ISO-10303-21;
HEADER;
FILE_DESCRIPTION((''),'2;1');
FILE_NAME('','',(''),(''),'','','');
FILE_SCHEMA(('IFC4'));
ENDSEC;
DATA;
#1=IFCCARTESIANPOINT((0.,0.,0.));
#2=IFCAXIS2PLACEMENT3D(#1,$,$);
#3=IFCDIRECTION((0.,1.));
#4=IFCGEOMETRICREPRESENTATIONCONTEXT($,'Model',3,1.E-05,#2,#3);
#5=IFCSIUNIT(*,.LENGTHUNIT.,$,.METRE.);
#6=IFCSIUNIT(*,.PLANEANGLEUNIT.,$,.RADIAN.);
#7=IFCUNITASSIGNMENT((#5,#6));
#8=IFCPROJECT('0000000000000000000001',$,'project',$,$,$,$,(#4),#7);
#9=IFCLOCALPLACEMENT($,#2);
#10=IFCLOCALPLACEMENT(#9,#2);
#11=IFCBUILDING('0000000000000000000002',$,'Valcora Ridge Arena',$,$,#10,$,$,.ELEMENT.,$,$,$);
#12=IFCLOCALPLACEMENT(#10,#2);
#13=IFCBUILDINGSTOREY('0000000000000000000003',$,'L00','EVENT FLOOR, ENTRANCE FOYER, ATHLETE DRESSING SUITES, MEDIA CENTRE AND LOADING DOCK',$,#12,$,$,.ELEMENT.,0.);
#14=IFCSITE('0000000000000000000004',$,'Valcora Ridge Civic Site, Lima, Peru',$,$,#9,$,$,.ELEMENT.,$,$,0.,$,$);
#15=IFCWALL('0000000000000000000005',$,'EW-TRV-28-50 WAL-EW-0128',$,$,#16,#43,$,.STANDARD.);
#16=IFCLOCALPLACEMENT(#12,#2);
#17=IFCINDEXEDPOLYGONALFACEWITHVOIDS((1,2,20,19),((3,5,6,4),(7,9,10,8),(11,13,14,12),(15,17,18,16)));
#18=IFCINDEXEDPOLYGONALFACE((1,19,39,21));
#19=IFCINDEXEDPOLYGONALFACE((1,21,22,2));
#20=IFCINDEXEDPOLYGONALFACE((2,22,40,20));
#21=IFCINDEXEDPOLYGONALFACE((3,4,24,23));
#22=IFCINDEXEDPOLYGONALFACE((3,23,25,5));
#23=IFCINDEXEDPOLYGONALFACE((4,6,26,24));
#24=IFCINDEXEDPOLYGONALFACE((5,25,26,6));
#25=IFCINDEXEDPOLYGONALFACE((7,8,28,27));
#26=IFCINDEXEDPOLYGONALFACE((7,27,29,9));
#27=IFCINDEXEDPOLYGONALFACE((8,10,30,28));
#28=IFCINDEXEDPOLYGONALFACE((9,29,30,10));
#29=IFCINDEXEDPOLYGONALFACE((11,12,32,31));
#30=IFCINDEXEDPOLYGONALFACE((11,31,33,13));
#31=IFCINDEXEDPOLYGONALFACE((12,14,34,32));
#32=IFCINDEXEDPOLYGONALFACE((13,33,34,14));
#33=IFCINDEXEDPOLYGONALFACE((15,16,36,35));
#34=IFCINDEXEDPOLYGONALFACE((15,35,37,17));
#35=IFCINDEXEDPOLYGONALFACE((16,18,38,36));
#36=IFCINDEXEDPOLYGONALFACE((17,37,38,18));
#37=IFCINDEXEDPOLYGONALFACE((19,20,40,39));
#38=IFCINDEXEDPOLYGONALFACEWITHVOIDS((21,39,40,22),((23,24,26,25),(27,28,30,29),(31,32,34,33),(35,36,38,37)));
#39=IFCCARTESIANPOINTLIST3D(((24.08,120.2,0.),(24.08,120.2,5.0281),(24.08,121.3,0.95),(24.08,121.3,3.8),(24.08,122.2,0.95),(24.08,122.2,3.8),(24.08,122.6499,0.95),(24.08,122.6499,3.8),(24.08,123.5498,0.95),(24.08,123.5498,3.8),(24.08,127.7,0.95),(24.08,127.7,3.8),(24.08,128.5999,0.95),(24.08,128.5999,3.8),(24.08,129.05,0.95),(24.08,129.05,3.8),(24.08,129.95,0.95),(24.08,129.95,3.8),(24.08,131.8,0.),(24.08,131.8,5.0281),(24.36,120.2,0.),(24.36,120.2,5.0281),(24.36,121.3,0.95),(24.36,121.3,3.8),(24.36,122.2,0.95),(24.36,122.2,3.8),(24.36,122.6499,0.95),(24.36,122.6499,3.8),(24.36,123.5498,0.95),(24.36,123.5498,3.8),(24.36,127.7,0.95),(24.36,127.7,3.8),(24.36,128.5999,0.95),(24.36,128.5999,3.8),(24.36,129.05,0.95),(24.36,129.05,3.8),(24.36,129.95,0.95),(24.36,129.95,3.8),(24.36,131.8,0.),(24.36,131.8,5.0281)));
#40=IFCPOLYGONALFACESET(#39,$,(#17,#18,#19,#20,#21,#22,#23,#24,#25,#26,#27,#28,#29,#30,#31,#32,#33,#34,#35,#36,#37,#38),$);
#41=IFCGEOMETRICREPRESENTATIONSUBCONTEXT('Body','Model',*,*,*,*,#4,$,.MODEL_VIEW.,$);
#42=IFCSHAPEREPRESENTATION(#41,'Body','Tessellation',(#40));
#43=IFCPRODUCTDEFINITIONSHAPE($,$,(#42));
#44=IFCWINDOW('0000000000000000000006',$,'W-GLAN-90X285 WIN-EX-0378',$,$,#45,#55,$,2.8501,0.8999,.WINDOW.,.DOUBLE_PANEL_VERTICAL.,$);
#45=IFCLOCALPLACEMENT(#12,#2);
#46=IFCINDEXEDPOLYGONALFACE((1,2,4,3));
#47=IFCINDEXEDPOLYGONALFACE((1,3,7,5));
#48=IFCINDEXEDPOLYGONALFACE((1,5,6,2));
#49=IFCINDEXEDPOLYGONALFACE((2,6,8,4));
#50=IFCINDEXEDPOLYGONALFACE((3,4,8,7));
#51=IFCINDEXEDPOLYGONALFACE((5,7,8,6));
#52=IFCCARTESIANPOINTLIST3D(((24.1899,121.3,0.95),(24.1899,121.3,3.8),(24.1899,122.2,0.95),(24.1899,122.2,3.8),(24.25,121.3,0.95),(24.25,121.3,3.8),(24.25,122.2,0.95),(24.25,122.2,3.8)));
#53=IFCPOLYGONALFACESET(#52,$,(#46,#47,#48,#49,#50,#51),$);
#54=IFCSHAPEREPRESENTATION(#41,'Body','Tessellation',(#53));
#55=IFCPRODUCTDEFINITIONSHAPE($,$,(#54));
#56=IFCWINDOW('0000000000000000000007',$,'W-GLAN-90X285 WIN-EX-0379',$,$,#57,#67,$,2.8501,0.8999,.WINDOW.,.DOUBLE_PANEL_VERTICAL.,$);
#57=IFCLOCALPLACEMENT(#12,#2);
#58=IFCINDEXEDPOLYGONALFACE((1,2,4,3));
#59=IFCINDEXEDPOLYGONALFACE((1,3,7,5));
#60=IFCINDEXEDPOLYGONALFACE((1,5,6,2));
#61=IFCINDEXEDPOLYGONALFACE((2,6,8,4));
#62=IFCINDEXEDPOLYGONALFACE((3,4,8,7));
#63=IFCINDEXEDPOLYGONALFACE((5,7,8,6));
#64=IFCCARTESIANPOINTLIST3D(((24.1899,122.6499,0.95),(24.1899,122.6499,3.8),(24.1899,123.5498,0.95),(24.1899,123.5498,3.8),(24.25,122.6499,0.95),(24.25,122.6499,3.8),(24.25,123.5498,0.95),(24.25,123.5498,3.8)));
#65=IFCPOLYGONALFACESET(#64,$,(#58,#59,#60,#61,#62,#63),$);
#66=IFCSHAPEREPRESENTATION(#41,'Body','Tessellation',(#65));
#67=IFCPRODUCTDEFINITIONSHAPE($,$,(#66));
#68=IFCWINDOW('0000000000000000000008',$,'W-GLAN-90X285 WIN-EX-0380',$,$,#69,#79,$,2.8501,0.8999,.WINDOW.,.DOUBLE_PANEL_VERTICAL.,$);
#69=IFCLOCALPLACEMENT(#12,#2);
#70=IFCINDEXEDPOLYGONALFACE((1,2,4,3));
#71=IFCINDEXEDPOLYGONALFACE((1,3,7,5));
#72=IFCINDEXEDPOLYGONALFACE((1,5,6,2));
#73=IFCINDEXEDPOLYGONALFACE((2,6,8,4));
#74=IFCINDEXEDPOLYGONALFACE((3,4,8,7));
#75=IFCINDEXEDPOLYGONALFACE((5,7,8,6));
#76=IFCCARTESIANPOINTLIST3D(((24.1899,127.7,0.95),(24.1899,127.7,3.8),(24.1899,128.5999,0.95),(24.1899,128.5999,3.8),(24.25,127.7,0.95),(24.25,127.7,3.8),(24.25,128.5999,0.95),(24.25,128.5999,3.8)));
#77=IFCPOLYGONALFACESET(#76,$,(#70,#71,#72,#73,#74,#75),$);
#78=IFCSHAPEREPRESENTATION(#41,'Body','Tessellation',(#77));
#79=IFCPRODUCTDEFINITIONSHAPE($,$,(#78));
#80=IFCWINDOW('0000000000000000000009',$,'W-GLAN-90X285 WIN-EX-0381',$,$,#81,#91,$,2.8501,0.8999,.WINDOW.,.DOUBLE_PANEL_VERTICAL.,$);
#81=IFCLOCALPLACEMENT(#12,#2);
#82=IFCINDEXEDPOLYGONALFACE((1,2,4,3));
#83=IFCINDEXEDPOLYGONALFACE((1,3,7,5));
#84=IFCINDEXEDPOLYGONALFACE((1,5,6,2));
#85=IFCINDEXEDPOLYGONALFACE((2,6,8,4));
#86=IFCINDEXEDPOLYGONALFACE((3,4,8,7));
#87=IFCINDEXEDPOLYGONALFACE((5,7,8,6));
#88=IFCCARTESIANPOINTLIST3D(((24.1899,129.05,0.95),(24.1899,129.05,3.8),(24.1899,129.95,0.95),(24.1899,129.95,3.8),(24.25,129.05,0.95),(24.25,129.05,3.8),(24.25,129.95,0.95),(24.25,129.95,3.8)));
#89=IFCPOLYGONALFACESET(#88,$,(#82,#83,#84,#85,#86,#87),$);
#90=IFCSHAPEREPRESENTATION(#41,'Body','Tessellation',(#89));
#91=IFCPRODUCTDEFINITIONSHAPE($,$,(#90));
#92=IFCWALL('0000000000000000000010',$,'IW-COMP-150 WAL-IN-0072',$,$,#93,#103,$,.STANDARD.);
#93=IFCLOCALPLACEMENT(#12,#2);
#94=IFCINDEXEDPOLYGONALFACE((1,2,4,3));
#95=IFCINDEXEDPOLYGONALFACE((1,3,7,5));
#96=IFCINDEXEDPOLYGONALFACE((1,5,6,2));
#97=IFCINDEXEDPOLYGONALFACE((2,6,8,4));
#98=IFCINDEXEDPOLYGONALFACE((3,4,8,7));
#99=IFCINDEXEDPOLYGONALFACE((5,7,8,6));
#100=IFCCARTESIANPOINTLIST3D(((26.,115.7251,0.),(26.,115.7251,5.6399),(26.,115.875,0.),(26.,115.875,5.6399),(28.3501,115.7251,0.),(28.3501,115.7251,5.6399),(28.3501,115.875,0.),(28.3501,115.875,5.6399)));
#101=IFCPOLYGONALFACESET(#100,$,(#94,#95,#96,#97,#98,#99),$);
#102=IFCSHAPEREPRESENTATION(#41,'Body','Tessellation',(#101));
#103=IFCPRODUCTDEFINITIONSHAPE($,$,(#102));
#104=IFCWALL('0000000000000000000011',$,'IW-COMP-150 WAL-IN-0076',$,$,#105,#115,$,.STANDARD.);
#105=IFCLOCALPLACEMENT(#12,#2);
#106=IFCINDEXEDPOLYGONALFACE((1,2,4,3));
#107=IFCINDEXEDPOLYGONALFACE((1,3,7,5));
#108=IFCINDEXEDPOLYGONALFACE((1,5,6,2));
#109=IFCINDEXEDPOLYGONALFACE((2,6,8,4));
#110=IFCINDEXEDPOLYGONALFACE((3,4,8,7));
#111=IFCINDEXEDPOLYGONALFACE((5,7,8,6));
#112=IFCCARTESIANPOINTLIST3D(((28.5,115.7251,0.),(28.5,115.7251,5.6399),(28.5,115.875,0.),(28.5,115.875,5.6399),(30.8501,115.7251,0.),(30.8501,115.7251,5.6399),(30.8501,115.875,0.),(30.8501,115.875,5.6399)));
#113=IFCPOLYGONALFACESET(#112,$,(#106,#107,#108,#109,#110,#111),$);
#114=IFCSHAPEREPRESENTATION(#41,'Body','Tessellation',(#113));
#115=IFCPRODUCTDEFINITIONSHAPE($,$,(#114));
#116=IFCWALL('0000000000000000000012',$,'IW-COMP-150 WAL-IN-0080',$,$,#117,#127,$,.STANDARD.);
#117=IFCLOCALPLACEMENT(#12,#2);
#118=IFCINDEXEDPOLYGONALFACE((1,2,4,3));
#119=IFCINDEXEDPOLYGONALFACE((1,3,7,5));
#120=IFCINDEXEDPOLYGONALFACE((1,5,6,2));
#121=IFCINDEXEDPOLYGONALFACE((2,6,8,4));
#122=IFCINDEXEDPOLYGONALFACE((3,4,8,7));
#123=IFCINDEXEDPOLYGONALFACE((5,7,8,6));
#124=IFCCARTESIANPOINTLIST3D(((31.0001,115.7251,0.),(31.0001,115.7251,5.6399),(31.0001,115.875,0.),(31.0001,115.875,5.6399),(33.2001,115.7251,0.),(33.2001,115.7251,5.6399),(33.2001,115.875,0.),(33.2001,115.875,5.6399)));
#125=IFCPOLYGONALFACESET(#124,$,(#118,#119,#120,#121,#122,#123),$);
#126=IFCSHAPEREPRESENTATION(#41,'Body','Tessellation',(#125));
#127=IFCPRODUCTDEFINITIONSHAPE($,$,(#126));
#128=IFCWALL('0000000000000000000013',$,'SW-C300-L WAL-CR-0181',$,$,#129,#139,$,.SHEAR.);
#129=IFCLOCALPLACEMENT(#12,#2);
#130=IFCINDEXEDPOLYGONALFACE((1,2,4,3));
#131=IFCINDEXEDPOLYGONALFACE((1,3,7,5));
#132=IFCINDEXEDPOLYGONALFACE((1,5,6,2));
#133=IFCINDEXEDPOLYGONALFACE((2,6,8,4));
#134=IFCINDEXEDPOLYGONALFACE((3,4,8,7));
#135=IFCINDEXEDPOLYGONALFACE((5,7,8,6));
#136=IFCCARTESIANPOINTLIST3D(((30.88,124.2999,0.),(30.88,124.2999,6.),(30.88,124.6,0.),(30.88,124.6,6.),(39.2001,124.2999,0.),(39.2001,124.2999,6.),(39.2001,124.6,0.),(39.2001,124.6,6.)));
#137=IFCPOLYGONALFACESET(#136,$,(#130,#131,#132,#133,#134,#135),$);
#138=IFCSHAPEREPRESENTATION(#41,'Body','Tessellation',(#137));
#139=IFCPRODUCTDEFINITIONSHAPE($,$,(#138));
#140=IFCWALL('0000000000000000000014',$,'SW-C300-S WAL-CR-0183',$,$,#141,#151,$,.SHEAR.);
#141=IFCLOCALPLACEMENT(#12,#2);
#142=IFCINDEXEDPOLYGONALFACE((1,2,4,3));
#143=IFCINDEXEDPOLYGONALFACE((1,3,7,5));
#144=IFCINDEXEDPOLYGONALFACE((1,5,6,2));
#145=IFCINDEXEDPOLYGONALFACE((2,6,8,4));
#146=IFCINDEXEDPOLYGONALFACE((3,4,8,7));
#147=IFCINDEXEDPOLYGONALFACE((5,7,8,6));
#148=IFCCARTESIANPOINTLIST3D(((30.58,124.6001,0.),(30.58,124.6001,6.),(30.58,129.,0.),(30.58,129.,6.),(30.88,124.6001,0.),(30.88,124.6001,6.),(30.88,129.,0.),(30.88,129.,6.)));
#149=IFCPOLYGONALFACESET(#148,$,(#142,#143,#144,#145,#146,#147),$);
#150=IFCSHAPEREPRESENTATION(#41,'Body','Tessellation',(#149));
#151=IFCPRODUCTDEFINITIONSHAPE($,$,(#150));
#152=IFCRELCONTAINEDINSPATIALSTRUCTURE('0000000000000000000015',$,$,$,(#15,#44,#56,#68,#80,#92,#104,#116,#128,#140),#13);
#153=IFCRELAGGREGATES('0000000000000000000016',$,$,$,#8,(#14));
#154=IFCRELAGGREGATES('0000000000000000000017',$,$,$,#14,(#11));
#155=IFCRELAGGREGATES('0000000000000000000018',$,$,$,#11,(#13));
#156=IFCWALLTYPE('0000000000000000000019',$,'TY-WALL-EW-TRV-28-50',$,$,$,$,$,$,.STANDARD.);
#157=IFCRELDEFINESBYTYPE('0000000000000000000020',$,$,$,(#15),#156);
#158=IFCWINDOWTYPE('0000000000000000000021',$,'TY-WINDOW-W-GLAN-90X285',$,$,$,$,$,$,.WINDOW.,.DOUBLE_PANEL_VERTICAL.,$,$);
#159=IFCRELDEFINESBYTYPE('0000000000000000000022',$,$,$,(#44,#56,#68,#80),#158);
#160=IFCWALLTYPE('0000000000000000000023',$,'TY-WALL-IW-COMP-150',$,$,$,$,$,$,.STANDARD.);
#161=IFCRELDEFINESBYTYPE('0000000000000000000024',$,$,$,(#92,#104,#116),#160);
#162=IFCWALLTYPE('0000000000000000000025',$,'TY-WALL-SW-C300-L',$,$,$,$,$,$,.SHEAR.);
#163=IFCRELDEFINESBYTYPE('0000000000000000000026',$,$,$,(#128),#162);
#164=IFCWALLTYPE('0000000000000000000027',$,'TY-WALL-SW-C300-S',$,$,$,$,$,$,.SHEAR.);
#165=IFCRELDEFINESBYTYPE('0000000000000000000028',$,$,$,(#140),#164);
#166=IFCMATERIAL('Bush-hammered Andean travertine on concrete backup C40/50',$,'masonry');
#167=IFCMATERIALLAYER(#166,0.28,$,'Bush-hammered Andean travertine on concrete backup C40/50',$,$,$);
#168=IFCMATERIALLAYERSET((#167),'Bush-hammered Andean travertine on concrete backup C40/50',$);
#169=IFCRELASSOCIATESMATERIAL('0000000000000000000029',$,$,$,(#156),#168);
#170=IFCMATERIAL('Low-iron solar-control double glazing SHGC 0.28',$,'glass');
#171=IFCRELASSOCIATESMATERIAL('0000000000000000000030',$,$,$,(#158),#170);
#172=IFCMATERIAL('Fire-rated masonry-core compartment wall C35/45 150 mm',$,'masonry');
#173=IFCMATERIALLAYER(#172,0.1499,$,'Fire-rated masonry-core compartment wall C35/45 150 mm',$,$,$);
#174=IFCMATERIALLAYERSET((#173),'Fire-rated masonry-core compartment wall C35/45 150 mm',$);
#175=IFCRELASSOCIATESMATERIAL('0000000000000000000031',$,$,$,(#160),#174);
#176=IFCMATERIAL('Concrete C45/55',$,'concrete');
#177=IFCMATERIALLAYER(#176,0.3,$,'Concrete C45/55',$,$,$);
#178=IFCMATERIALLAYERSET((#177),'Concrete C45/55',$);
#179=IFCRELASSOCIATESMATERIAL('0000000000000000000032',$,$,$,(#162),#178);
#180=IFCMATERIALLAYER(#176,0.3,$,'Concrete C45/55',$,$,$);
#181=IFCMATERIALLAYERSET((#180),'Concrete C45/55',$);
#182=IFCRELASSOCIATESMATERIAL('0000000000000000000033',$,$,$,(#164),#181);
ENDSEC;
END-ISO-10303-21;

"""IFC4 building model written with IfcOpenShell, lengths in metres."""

from ifc_helpers import new_model, si_unit, direction, frame, frame_2d, origin, place, context, subcontext, project, spatial, rectangle, extrude, material, layer, layer_set, type_object, element, fill, save


model = new_model("IFC4")

# Units and contexts
model_context = context("Model", 3, precision=1e-05, world=origin(), true_north=direction((0.0, 1.0)))
body_context = subcontext(model_context, "Body", "Model", "MODEL_VIEW")
ifc_project = project(units=[si_unit("LENGTHUNIT", "METRE"), si_unit("PLANEANGLEUNIT", "RADIAN")], contexts=[model_context])

# Site, building, storey
site_placement = place(None, origin())
site = spatial("IfcSite", under=ifc_project, at=site_placement, Name="Valcora Ridge Civic Site, Lima, Peru", CompositionType="ELEMENT", RefElevation=0.0)
building_placement = place(site_placement, origin())
building = spatial("IfcBuilding", under=site, at=building_placement, Name="Valcora Ridge Arena", CompositionType="ELEMENT")
storey_placement = place(building_placement, origin())
storey = spatial("IfcBuildingStorey", under=building, at=storey_placement, Name="L00", Description="EVENT FLOOR, ENTRANCE FOYER, ATHLETE DRESSING SUITES, MEDIA CENTRE AND LOADING DOCK", CompositionType="ELEMENT", Elevation=0.0)

# Wall, openings, windows
ifc_material_1 = material(Name="Bush-hammered Andean travertine on concrete backup C40/50", Category="masonry")
ifc_layer_1 = layer(ifc_material_1, 0.28, Name="Bush-hammered Andean travertine on concrete backup C40/50")
ifc_layer_set_1 = layer_set([ifc_layer_1], Name="Bush-hammered Andean travertine on concrete backup C40/50")
wall_type_1 = type_object("IfcWallType", Name="TY-WALL-EW-TRV-28-50", PredefinedType="STANDARD", material=ifc_layer_set_1)
wall_1_placement = place(storey_placement, frame((24.22, 120.2, 0.0), z_axis=(0.0, 0.0, 1.0), x_axis=(0.0, 1.0, 0.0)))
wall_1 = element("IfcWall", 1, at=wall_1_placement, inside=storey, type_object=wall_type_1, Name="EW-TRV-28-50 WAL-EW-0128", PredefinedType="STANDARD", context=body_context, shape_type="SweptSolid", body=[
    extrude(rectangle(XDim=11.6001, YDim=0.28, at=frame_2d((5.8, 0.0))), origin(), (0.0, 0.0, 1.0), 5.0281),
])
opening_1_placement = place(wall_1_placement, frame((1.1001, 0.0, 0.95)))
opening_1 = element("IfcOpeningElement", 2, at=opening_1_placement, cuts=wall_1, PredefinedType="OPENING", context=body_context, shape_type="SweptSolid", body=[
    extrude(rectangle(XDim=0.8999, YDim=2.8501, at=frame_2d((0.45, 1.425))), frame((0.0, 0.1499, 0.0), z_axis=(0.0, -1.0, 0.0), x_axis=(1.0, 0.0, 0.0)), (0.0, 0.0, 1.0), 0.3),
])
opening_2_placement = place(wall_1_placement, frame((2.45, 0.0, 0.95)))
opening_2 = element("IfcOpeningElement", 3, at=opening_2_placement, cuts=wall_1, PredefinedType="OPENING", context=body_context, shape_type="SweptSolid", body=[
    extrude(rectangle(XDim=0.8999, YDim=2.8501, at=frame_2d((0.45, 1.425))), frame((0.0, 0.1499, 0.0), z_axis=(0.0, -1.0, 0.0), x_axis=(1.0, 0.0, 0.0)), (0.0, 0.0, 1.0), 0.3),
])
opening_3_placement = place(wall_1_placement, frame((7.5, 0.0, 0.95)))
opening_3 = element("IfcOpeningElement", 4, at=opening_3_placement, cuts=wall_1, PredefinedType="OPENING", context=body_context, shape_type="SweptSolid", body=[
    extrude(rectangle(XDim=0.8999, YDim=2.8501, at=frame_2d((0.45, 1.425))), frame((0.0, 0.1499, 0.0), z_axis=(0.0, -1.0, 0.0), x_axis=(1.0, 0.0, 0.0)), (0.0, 0.0, 1.0), 0.3),
])
opening_4_placement = place(wall_1_placement, frame((8.8501, 0.0, 0.95)))
opening_4 = element("IfcOpeningElement", 5, at=opening_4_placement, cuts=wall_1, PredefinedType="OPENING", context=body_context, shape_type="SweptSolid", body=[
    extrude(rectangle(XDim=0.8999, YDim=2.8501, at=frame_2d((0.45, 1.425))), frame((0.0, 0.1499, 0.0), z_axis=(0.0, -1.0, 0.0), x_axis=(1.0, 0.0, 0.0)), (0.0, 0.0, 1.0), 0.3),
])
ifc_material_2 = material(Name="Low-iron solar-control double glazing SHGC 0.28", Category="glass")
window_type = type_object("IfcWindowType", Name="TY-WINDOW-W-GLAN-90X285", PartitioningType="DOUBLE_PANEL_VERTICAL", PredefinedType="WINDOW", material=ifc_material_2)
window_1_placement = place(opening_1_placement, origin())
window_1 = element("IfcWindow", 6, at=window_1_placement, inside=storey, type_object=window_type, Name="W-GLAN-90X285 WIN-EX-0378", OverallHeight=2.8501, OverallWidth=0.8999, PartitioningType="DOUBLE_PANEL_VERTICAL", PredefinedType="WINDOW", context=body_context, shape_type="SweptSolid", body=[
    extrude(rectangle(XDim=0.8999, YDim=2.8501, at=frame_2d((0.45, 1.425))), frame((0.0, 0.03, 0.0), z_axis=(0.0, -1.0, 0.0), x_axis=(1.0, 0.0, 0.0)), (0.0, 0.0, 1.0), 0.0601),
])
fill(opening_1, window_1)
window_2_placement = place(opening_2_placement, origin())
window_2 = element("IfcWindow", 7, at=window_2_placement, inside=storey, type_object=window_type, Name="W-GLAN-90X285 WIN-EX-0379", OverallHeight=2.8501, OverallWidth=0.8999, PartitioningType="DOUBLE_PANEL_VERTICAL", PredefinedType="WINDOW", context=body_context, shape_type="SweptSolid", body=[
    extrude(rectangle(XDim=0.8999, YDim=2.8501, at=frame_2d((0.45, 1.425))), frame((0.0, 0.03, 0.0), z_axis=(0.0, -1.0, 0.0), x_axis=(1.0, 0.0, 0.0)), (0.0, 0.0, 1.0), 0.0601),
])
fill(opening_2, window_2)
window_3_placement = place(opening_3_placement, origin())
window_3 = element("IfcWindow", 8, at=window_3_placement, inside=storey, type_object=window_type, Name="W-GLAN-90X285 WIN-EX-0380", OverallHeight=2.8501, OverallWidth=0.8999, PartitioningType="DOUBLE_PANEL_VERTICAL", PredefinedType="WINDOW", context=body_context, shape_type="SweptSolid", body=[
    extrude(rectangle(XDim=0.8999, YDim=2.8501, at=frame_2d((0.45, 1.425))), frame((0.0, 0.03, 0.0), z_axis=(0.0, -1.0, 0.0), x_axis=(1.0, 0.0, 0.0)), (0.0, 0.0, 1.0), 0.0601),
])
fill(opening_3, window_3)
window_4_placement = place(opening_4_placement, origin())
window_4 = element("IfcWindow", 9, at=window_4_placement, inside=storey, type_object=window_type, Name="W-GLAN-90X285 WIN-EX-0381", OverallHeight=2.8501, OverallWidth=0.8999, PartitioningType="DOUBLE_PANEL_VERTICAL", PredefinedType="WINDOW", context=body_context, shape_type="SweptSolid", body=[
    extrude(rectangle(XDim=0.8999, YDim=2.8501, at=frame_2d((0.45, 1.425))), frame((0.0, 0.03, 0.0), z_axis=(0.0, -1.0, 0.0), x_axis=(1.0, 0.0, 0.0)), (0.0, 0.0, 1.0), 0.0601),
])
fill(opening_4, window_4)

# Walls
ifc_material_3 = material(Name="Fire-rated masonry-core compartment wall C35/45 150 mm", Category="masonry")
ifc_layer_2 = layer(ifc_material_3, 0.1499, Name="Fire-rated masonry-core compartment wall C35/45 150 mm")
ifc_layer_set_2 = layer_set([ifc_layer_2], Name="Fire-rated masonry-core compartment wall C35/45 150 mm")
wall_type_2 = type_object("IfcWallType", Name="TY-WALL-IW-COMP-150", PredefinedType="STANDARD", material=ifc_layer_set_2)
for number, where, z_axis, x_axis, name in (
    (10, (26.0, 115.8, 0.0), (0.0, 0.0, 1.0), (1.0, 0.0, 0.0), "IW-COMP-150 WAL-IN-0072"),
    (11, (28.5, 115.8, 0.0), (0.0, 0.0, 1.0), (1.0, 0.0, 0.0), "IW-COMP-150 WAL-IN-0076"),
):
    element("IfcWall", number, at=place(storey_placement, frame(where, z_axis=z_axis, x_axis=x_axis)), inside=storey, type_object=wall_type_2, Name=name, PredefinedType="STANDARD", context=body_context, shape_type="SweptSolid", body=[
        extrude(rectangle(XDim=2.3501, YDim=0.1499, at=frame_2d((1.175, 0.0))), origin(), (0.0, 0.0, 1.0), 5.6399),
    ])
wall_2_placement = place(storey_placement, frame((31.0, 115.8, 0.0), z_axis=(0.0, 0.0, 1.0), x_axis=(1.0, 0.0, 0.0)))
element("IfcWall", 12, at=wall_2_placement, inside=storey, type_object=wall_type_2, Name="IW-COMP-150 WAL-IN-0080", PredefinedType="STANDARD", context=body_context, shape_type="SweptSolid", body=[
    extrude(rectangle(XDim=2.2, YDim=0.1499, at=frame_2d((1.1001, 0.0))), origin(), (0.0, 0.0, 1.0), 5.6399),
])
ifc_material_4 = material(Name="Concrete C45/55", Category="concrete")
ifc_layer_3 = layer(ifc_material_4, 0.3, Name="Concrete C45/55")
ifc_layer_set_3 = layer_set([ifc_layer_3], Name="Concrete C45/55")
wall_type_3 = type_object("IfcWallType", Name="TY-WALL-SW-C300-L", PredefinedType="SHEAR", material=ifc_layer_set_3)
wall_3_placement = place(storey_placement, frame((30.8799, 124.45, 0.0), z_axis=(0.0, 0.0, 1.0), x_axis=(1.0, 0.0, 0.0)))
element("IfcWall", 13, at=wall_3_placement, inside=storey, type_object=wall_type_3, Name="SW-C300-L WAL-CR-0181", PredefinedType="SHEAR", context=body_context, shape_type="SweptSolid", body=[
    extrude(rectangle(XDim=8.3201, YDim=0.3, at=frame_2d((4.1602, 0.0))), origin(), (0.0, 0.0, 1.0), 6.0),
])
ifc_layer_4 = layer(ifc_material_4, 0.3, Name="Concrete C45/55")
ifc_layer_set_4 = layer_set([ifc_layer_4], Name="Concrete C45/55")
wall_type_4 = type_object("IfcWallType", Name="TY-WALL-SW-C300-S", PredefinedType="SHEAR", material=ifc_layer_set_4)
wall_4_placement = place(storey_placement, frame((30.73, 124.6001, 0.0), z_axis=(0.0, 0.0, 1.0), x_axis=(0.0, 1.0, 0.0)))
element("IfcWall", 14, at=wall_4_placement, inside=storey, type_object=wall_type_4, Name="SW-C300-S WAL-CR-0183", PredefinedType="SHEAR", context=body_context, shape_type="SweptSolid", body=[
    extrude(rectangle(XDim=4.3999, YDim=0.3, at=frame_2d((2.2, 0.0))), origin(), (0.0, 0.0, 1.0), 6.0),
])

save(model, "model.ifc")
